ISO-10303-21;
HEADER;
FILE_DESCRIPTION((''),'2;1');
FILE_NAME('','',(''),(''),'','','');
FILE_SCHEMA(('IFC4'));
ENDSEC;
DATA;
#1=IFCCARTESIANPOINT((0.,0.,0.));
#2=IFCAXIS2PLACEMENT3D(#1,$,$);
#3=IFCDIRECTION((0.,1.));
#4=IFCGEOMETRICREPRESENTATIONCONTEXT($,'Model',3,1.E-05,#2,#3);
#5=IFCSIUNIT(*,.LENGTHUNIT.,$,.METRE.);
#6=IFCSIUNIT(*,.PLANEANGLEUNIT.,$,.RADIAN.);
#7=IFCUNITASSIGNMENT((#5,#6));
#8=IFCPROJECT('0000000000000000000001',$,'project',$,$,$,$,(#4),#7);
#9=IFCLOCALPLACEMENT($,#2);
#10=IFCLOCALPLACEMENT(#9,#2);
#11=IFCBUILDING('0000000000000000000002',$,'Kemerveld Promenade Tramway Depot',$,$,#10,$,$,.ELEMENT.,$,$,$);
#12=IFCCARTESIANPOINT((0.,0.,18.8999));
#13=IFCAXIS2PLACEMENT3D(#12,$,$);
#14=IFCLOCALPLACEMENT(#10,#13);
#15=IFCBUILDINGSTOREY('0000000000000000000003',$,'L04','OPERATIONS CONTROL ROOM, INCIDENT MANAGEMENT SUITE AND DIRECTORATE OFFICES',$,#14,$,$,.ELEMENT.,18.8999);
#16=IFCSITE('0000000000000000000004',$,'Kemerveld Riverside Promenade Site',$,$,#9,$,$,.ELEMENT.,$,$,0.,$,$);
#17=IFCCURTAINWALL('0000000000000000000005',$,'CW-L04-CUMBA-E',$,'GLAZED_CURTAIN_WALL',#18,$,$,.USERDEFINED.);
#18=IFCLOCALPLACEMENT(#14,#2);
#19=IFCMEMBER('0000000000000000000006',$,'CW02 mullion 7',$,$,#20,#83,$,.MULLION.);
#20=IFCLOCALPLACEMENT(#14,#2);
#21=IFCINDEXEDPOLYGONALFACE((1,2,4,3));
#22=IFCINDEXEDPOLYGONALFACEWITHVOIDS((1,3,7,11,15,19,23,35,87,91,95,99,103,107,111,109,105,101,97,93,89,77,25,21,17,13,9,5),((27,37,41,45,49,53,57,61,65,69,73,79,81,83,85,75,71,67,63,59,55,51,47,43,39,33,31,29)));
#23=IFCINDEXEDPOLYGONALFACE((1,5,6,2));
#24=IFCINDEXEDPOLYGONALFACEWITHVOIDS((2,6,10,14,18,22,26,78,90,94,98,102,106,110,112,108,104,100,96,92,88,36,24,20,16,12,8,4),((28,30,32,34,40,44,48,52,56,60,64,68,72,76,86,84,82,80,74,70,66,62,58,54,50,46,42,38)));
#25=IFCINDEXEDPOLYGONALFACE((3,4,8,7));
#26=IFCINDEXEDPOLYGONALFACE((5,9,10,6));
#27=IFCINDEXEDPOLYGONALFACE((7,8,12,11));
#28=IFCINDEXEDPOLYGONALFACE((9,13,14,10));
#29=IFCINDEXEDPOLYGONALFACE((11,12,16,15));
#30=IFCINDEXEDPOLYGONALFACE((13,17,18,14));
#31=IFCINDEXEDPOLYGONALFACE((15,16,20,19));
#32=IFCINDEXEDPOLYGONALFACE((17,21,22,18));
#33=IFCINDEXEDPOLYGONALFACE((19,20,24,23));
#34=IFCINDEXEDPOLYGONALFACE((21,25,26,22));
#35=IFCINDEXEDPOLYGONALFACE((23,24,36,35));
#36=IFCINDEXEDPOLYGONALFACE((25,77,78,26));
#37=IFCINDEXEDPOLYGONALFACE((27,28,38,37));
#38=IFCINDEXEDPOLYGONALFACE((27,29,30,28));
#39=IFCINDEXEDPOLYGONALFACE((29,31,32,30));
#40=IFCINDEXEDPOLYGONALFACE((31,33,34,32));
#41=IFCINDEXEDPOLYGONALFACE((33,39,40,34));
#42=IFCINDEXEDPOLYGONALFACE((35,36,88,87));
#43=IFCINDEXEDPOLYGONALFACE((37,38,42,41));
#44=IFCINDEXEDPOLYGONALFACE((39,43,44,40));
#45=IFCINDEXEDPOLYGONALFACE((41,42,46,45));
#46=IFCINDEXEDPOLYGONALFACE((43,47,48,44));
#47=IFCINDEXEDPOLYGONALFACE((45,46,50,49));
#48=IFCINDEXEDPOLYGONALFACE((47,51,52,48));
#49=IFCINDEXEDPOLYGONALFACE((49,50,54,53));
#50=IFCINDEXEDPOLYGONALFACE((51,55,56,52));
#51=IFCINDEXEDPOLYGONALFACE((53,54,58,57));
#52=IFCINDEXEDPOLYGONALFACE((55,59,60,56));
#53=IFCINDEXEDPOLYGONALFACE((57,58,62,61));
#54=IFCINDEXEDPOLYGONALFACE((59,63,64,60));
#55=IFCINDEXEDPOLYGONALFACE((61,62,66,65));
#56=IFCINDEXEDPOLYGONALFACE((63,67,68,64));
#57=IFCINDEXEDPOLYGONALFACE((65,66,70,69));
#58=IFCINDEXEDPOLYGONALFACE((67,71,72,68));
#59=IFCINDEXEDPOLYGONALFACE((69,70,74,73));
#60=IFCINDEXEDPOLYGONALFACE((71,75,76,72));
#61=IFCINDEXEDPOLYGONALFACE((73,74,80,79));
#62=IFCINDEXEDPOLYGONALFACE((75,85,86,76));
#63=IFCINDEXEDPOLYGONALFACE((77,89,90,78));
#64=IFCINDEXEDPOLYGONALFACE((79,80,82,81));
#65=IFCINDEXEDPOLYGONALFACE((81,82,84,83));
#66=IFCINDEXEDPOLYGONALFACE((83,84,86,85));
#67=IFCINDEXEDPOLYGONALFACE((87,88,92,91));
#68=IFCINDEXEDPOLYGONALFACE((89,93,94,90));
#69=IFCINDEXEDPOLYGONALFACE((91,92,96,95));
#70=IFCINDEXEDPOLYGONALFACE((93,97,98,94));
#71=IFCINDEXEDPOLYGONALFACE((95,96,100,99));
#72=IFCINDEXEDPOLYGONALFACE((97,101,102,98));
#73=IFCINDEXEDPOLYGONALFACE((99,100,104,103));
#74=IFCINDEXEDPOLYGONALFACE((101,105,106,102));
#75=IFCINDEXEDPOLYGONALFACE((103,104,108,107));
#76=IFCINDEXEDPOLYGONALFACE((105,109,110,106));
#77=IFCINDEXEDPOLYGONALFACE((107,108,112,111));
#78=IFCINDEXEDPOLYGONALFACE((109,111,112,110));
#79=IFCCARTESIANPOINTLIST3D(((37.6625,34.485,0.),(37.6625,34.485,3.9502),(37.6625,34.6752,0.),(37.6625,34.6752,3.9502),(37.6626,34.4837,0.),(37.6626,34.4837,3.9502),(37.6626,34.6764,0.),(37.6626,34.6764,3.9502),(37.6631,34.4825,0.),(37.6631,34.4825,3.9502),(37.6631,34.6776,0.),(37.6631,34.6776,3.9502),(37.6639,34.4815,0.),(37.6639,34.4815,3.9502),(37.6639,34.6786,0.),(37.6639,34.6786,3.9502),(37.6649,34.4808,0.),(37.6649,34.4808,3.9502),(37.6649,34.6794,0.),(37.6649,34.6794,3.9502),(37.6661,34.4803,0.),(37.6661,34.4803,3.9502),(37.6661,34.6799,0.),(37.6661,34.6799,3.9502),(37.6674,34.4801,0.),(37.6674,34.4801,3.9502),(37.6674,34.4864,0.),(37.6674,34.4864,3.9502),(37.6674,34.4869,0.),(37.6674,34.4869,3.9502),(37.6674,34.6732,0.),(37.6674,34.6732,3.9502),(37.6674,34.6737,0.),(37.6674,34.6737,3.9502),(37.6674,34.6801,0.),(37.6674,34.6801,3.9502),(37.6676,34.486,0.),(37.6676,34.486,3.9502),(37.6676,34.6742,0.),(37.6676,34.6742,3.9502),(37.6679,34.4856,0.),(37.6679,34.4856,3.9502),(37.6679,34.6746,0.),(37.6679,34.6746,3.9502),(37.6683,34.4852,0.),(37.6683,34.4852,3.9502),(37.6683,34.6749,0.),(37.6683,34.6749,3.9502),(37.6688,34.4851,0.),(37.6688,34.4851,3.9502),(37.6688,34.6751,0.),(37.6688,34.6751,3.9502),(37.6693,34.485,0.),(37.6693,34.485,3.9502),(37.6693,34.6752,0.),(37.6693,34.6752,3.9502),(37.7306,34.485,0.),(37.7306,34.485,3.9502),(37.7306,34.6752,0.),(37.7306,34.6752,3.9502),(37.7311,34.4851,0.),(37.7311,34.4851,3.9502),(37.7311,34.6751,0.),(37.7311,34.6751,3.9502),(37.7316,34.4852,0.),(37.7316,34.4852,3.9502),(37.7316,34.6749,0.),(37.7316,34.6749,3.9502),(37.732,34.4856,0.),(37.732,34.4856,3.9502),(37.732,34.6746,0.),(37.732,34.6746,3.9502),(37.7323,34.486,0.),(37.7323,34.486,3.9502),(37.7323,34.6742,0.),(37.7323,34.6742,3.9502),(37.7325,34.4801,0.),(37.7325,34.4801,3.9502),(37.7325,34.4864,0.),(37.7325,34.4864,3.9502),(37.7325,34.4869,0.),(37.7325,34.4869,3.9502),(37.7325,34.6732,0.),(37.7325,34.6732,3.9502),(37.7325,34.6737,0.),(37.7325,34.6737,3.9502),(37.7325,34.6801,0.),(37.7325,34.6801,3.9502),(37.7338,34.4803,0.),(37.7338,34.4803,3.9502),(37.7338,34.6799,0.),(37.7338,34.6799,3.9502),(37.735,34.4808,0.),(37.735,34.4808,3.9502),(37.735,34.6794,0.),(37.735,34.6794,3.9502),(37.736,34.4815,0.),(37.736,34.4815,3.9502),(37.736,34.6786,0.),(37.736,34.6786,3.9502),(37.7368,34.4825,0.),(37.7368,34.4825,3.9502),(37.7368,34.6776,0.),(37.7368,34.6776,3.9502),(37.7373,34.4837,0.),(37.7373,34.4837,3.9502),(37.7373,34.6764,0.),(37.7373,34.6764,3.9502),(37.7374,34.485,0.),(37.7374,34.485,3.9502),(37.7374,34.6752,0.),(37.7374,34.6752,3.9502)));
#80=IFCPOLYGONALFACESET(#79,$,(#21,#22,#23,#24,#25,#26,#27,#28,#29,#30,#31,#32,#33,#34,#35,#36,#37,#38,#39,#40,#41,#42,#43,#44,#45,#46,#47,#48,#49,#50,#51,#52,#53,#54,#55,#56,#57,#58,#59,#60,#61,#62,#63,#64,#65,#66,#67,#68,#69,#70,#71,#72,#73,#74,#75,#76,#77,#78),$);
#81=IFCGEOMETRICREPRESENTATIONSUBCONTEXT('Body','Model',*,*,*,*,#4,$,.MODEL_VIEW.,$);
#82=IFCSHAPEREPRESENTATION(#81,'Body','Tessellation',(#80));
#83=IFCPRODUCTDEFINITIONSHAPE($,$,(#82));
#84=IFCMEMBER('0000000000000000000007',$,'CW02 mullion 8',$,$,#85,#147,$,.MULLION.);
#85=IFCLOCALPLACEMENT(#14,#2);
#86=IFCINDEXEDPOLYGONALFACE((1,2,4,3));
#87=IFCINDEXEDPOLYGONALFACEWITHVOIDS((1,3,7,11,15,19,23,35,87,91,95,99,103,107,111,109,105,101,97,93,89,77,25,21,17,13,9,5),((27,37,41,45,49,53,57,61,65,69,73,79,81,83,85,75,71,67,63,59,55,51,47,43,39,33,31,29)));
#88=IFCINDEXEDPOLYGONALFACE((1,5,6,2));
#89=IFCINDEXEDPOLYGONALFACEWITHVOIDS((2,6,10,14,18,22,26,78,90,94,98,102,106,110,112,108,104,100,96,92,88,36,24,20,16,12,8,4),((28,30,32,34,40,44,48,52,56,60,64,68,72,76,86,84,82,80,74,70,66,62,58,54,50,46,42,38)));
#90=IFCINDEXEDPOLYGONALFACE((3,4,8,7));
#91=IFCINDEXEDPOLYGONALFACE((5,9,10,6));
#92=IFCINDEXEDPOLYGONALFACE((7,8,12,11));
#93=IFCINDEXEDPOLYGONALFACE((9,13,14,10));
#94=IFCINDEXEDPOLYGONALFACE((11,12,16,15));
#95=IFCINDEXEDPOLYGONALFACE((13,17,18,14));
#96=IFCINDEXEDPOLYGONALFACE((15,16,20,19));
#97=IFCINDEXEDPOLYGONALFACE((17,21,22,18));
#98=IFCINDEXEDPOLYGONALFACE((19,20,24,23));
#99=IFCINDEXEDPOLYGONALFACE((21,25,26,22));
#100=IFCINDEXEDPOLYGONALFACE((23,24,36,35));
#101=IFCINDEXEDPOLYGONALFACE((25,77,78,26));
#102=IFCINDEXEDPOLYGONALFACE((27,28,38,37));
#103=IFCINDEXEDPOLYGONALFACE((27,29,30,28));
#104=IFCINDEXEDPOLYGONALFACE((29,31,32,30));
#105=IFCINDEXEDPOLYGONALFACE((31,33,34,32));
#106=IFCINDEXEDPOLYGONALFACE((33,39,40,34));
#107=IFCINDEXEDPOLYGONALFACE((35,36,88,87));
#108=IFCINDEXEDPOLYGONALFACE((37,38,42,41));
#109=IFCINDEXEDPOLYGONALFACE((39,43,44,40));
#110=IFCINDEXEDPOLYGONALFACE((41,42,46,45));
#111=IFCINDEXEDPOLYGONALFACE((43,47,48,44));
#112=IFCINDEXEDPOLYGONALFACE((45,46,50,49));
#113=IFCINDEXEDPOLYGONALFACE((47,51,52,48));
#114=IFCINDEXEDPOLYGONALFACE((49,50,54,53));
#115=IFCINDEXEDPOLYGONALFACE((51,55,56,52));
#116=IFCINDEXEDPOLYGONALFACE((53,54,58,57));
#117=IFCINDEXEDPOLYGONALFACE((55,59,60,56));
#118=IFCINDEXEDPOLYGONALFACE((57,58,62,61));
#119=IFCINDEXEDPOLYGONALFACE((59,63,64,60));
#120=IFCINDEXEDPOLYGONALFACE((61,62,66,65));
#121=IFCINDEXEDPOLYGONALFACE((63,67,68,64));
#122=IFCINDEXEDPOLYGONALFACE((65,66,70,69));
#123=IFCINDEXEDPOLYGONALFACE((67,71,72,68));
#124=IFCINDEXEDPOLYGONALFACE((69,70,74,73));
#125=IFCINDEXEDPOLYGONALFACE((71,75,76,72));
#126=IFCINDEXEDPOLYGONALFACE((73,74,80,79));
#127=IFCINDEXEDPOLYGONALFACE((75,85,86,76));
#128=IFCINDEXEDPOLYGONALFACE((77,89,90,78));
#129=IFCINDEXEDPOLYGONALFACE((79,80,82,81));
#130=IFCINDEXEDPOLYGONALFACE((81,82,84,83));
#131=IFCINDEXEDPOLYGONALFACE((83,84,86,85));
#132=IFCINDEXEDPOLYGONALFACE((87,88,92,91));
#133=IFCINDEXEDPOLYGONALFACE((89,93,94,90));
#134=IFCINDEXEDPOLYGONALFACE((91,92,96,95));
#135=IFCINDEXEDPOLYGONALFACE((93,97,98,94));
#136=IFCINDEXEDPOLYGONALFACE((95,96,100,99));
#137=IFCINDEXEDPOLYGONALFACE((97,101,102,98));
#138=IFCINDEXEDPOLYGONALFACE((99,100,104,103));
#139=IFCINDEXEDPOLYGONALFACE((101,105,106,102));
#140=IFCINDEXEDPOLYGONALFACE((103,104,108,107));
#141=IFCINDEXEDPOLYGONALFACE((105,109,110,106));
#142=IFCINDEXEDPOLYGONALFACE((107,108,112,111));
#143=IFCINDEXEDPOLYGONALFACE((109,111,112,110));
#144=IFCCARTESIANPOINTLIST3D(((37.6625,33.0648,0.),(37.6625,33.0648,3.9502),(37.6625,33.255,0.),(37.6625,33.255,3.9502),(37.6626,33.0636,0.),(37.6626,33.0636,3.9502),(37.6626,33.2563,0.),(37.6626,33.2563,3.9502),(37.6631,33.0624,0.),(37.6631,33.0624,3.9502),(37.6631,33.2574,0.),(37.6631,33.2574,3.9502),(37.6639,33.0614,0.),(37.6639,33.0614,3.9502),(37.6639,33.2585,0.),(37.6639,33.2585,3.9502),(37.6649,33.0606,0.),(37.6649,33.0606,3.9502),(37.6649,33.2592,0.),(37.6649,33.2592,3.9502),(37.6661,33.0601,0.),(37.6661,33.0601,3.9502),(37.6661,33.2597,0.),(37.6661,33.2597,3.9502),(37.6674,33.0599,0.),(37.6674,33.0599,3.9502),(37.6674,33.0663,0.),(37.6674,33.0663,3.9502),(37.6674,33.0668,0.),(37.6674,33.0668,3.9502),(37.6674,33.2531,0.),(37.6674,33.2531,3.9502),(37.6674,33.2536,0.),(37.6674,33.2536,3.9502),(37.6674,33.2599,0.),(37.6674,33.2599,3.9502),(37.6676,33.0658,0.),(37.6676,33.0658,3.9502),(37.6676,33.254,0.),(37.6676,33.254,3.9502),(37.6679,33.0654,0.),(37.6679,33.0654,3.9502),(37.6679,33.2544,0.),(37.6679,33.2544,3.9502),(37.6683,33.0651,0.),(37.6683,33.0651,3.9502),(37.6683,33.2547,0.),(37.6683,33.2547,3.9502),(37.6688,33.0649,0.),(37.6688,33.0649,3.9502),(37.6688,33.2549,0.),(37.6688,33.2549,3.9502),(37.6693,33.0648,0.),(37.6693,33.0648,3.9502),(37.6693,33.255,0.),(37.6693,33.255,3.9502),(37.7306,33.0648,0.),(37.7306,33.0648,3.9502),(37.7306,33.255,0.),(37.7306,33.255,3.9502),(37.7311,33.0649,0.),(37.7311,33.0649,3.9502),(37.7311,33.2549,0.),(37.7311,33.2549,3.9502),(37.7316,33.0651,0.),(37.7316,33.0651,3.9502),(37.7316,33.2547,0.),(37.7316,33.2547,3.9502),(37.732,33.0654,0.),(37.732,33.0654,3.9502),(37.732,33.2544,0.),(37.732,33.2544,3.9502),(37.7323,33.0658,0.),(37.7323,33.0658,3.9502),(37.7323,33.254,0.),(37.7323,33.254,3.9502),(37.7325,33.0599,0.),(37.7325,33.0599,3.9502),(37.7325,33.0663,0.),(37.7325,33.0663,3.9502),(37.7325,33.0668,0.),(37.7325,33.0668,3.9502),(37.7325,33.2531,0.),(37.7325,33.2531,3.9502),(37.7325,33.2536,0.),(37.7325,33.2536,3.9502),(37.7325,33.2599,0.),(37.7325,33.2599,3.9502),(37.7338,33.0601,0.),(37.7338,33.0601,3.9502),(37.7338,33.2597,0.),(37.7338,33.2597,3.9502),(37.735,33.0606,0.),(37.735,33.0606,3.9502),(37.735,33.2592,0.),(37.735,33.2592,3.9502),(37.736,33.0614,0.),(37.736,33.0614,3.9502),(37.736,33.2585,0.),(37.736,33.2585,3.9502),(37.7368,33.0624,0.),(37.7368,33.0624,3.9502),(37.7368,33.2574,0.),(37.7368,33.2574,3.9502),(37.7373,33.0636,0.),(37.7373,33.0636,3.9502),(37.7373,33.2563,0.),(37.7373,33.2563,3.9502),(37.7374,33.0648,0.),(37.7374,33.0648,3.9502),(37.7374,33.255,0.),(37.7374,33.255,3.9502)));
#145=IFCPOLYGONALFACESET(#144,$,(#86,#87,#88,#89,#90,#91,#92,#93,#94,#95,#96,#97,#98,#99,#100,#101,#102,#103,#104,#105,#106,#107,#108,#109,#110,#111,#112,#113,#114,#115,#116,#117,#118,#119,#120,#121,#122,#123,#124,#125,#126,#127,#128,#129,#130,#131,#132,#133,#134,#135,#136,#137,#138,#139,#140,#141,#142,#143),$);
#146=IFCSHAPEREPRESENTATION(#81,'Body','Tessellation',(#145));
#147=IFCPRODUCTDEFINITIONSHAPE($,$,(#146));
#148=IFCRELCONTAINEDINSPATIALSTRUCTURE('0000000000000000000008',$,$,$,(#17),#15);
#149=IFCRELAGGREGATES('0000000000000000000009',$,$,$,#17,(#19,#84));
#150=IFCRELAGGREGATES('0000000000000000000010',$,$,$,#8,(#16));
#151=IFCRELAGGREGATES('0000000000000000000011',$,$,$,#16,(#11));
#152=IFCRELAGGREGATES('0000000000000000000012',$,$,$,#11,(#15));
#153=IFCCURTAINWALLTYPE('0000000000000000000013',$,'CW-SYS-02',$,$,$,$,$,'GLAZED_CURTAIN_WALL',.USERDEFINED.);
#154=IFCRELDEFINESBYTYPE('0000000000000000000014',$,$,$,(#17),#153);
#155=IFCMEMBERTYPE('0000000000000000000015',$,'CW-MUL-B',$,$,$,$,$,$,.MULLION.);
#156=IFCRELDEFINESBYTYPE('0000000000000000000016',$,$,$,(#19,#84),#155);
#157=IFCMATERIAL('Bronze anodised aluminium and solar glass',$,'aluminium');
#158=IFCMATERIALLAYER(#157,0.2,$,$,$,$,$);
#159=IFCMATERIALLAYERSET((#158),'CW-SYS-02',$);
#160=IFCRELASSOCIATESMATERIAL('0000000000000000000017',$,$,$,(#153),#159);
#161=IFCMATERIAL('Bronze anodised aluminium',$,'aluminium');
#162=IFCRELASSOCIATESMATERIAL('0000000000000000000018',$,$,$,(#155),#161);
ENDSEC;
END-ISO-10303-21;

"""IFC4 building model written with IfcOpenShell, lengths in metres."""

from ifc_helpers import new_model, si_unit, direction, frame, origin, origin_2d, place, context, subcontext, project, spatial, hollow_rectangle, extrude, material, layer, layer_set, material_profile, profile_set, type_object, element, aggregate, save


model = new_model("IFC4")

# Units and contexts
model_context = context("Model", 3, precision=1e-05, world=origin(), true_north=direction((0.0, 1.0)))
body_context = subcontext(model_context, "Body", "Model", "MODEL_VIEW")
ifc_project = project(units=[si_unit("LENGTHUNIT", "METRE"), si_unit("PLANEANGLEUNIT", "RADIAN")], contexts=[model_context])

# Site, building, storey
site_placement = place(None, origin())
site = spatial("IfcSite", under=ifc_project, at=site_placement, Name="Kemerveld Riverside Promenade Site", CompositionType="ELEMENT", RefElevation=0.0)
building_placement = place(site_placement, origin())
building = spatial("IfcBuilding", under=site, at=building_placement, Name="Kemerveld Promenade Tramway Depot", CompositionType="ELEMENT")
storey_placement = place(building_placement, frame((0.0, 0.0, 18.8999)))
storey = spatial("IfcBuildingStorey", under=building, at=storey_placement, Name="L04", Description="OPERATIONS CONTROL ROOM, INCIDENT MANAGEMENT SUITE AND DIRECTORATE OFFICES", CompositionType="ELEMENT", Elevation=18.8999)

# Curtain wall, members
ifc_material_1 = material(Name="Bronze anodised aluminium and solar glass", Category="aluminium")
ifc_layer_1 = layer(ifc_material_1, 0.2)
ifc_layer_set_1 = layer_set([ifc_layer_1], Name="CW-SYS-02")
curtain_wall_type = type_object("IfcCurtainWallType", Name="CW-SYS-02", ElementType="GLAZED_CURTAIN_WALL", PredefinedType="USERDEFINED", material=ifc_layer_set_1)
curtain_wall_placement = place(storey_placement, origin())
curtain_wall = element("IfcCurtainWall", 1, at=curtain_wall_placement, inside=storey, type_object=curtain_wall_type, Name="CW-L04-CUMBA-E", ObjectType="GLAZED_CURTAIN_WALL", PredefinedType="USERDEFINED")
ifc_material_2 = material(Name="Bronze anodised aluminium", Category="aluminium")
ifc_material_profile_1 = material_profile(ifc_material_2, hollow_rectangle(XDim=0.075, YDim=0.2, WallThickness=0.0049, InnerFilletRadius=0.002, OuterFilletRadius=0.0049, at=origin_2d()), Name="CW-MUL-200x75")
ifc_profile_set_1 = profile_set([ifc_material_profile_1], Name="Bronze anodised aluminium")
member_type_1 = type_object("IfcMemberType", Name="CW-MUL-B", PredefinedType="MULLION", material=ifc_profile_set_1)
member_1_placement = place(storey_placement, frame((37.7, 34.5801, 0.0), z_axis=(0.0, 0.0, 1.0), x_axis=(1.0, 0.0, 0.0)))
member_1 = element("IfcMember", 2, at=member_1_placement, type_object=member_type_1, Name="CW02 mullion 7", PredefinedType="MULLION", context=body_context, shape_type="SweptSolid", body=[
    extrude(hollow_rectangle(XDim=0.075, YDim=0.2, WallThickness=0.0049, InnerFilletRadius=0.002, OuterFilletRadius=0.0049, at=origin_2d()), origin(), (0.0, 0.0, 1.0), 3.9502),
])
member_2_placement = place(storey_placement, frame((37.7, 33.1599, 0.0), z_axis=(0.0, 0.0, 1.0), x_axis=(1.0, 0.0, 0.0)))
member_2 = element("IfcMember", 3, at=member_2_placement, type_object=member_type_1, Name="CW02 mullion 8", PredefinedType="MULLION", context=body_context, shape_type="SweptSolid", body=[
    extrude(hollow_rectangle(XDim=0.075, YDim=0.2, WallThickness=0.0049, InnerFilletRadius=0.002, OuterFilletRadius=0.0049, at=origin_2d()), origin(), (0.0, 0.0, 1.0), 3.9502),
])
aggregate(curtain_wall, [member_1, member_2])

save(model, "model.ifc")
